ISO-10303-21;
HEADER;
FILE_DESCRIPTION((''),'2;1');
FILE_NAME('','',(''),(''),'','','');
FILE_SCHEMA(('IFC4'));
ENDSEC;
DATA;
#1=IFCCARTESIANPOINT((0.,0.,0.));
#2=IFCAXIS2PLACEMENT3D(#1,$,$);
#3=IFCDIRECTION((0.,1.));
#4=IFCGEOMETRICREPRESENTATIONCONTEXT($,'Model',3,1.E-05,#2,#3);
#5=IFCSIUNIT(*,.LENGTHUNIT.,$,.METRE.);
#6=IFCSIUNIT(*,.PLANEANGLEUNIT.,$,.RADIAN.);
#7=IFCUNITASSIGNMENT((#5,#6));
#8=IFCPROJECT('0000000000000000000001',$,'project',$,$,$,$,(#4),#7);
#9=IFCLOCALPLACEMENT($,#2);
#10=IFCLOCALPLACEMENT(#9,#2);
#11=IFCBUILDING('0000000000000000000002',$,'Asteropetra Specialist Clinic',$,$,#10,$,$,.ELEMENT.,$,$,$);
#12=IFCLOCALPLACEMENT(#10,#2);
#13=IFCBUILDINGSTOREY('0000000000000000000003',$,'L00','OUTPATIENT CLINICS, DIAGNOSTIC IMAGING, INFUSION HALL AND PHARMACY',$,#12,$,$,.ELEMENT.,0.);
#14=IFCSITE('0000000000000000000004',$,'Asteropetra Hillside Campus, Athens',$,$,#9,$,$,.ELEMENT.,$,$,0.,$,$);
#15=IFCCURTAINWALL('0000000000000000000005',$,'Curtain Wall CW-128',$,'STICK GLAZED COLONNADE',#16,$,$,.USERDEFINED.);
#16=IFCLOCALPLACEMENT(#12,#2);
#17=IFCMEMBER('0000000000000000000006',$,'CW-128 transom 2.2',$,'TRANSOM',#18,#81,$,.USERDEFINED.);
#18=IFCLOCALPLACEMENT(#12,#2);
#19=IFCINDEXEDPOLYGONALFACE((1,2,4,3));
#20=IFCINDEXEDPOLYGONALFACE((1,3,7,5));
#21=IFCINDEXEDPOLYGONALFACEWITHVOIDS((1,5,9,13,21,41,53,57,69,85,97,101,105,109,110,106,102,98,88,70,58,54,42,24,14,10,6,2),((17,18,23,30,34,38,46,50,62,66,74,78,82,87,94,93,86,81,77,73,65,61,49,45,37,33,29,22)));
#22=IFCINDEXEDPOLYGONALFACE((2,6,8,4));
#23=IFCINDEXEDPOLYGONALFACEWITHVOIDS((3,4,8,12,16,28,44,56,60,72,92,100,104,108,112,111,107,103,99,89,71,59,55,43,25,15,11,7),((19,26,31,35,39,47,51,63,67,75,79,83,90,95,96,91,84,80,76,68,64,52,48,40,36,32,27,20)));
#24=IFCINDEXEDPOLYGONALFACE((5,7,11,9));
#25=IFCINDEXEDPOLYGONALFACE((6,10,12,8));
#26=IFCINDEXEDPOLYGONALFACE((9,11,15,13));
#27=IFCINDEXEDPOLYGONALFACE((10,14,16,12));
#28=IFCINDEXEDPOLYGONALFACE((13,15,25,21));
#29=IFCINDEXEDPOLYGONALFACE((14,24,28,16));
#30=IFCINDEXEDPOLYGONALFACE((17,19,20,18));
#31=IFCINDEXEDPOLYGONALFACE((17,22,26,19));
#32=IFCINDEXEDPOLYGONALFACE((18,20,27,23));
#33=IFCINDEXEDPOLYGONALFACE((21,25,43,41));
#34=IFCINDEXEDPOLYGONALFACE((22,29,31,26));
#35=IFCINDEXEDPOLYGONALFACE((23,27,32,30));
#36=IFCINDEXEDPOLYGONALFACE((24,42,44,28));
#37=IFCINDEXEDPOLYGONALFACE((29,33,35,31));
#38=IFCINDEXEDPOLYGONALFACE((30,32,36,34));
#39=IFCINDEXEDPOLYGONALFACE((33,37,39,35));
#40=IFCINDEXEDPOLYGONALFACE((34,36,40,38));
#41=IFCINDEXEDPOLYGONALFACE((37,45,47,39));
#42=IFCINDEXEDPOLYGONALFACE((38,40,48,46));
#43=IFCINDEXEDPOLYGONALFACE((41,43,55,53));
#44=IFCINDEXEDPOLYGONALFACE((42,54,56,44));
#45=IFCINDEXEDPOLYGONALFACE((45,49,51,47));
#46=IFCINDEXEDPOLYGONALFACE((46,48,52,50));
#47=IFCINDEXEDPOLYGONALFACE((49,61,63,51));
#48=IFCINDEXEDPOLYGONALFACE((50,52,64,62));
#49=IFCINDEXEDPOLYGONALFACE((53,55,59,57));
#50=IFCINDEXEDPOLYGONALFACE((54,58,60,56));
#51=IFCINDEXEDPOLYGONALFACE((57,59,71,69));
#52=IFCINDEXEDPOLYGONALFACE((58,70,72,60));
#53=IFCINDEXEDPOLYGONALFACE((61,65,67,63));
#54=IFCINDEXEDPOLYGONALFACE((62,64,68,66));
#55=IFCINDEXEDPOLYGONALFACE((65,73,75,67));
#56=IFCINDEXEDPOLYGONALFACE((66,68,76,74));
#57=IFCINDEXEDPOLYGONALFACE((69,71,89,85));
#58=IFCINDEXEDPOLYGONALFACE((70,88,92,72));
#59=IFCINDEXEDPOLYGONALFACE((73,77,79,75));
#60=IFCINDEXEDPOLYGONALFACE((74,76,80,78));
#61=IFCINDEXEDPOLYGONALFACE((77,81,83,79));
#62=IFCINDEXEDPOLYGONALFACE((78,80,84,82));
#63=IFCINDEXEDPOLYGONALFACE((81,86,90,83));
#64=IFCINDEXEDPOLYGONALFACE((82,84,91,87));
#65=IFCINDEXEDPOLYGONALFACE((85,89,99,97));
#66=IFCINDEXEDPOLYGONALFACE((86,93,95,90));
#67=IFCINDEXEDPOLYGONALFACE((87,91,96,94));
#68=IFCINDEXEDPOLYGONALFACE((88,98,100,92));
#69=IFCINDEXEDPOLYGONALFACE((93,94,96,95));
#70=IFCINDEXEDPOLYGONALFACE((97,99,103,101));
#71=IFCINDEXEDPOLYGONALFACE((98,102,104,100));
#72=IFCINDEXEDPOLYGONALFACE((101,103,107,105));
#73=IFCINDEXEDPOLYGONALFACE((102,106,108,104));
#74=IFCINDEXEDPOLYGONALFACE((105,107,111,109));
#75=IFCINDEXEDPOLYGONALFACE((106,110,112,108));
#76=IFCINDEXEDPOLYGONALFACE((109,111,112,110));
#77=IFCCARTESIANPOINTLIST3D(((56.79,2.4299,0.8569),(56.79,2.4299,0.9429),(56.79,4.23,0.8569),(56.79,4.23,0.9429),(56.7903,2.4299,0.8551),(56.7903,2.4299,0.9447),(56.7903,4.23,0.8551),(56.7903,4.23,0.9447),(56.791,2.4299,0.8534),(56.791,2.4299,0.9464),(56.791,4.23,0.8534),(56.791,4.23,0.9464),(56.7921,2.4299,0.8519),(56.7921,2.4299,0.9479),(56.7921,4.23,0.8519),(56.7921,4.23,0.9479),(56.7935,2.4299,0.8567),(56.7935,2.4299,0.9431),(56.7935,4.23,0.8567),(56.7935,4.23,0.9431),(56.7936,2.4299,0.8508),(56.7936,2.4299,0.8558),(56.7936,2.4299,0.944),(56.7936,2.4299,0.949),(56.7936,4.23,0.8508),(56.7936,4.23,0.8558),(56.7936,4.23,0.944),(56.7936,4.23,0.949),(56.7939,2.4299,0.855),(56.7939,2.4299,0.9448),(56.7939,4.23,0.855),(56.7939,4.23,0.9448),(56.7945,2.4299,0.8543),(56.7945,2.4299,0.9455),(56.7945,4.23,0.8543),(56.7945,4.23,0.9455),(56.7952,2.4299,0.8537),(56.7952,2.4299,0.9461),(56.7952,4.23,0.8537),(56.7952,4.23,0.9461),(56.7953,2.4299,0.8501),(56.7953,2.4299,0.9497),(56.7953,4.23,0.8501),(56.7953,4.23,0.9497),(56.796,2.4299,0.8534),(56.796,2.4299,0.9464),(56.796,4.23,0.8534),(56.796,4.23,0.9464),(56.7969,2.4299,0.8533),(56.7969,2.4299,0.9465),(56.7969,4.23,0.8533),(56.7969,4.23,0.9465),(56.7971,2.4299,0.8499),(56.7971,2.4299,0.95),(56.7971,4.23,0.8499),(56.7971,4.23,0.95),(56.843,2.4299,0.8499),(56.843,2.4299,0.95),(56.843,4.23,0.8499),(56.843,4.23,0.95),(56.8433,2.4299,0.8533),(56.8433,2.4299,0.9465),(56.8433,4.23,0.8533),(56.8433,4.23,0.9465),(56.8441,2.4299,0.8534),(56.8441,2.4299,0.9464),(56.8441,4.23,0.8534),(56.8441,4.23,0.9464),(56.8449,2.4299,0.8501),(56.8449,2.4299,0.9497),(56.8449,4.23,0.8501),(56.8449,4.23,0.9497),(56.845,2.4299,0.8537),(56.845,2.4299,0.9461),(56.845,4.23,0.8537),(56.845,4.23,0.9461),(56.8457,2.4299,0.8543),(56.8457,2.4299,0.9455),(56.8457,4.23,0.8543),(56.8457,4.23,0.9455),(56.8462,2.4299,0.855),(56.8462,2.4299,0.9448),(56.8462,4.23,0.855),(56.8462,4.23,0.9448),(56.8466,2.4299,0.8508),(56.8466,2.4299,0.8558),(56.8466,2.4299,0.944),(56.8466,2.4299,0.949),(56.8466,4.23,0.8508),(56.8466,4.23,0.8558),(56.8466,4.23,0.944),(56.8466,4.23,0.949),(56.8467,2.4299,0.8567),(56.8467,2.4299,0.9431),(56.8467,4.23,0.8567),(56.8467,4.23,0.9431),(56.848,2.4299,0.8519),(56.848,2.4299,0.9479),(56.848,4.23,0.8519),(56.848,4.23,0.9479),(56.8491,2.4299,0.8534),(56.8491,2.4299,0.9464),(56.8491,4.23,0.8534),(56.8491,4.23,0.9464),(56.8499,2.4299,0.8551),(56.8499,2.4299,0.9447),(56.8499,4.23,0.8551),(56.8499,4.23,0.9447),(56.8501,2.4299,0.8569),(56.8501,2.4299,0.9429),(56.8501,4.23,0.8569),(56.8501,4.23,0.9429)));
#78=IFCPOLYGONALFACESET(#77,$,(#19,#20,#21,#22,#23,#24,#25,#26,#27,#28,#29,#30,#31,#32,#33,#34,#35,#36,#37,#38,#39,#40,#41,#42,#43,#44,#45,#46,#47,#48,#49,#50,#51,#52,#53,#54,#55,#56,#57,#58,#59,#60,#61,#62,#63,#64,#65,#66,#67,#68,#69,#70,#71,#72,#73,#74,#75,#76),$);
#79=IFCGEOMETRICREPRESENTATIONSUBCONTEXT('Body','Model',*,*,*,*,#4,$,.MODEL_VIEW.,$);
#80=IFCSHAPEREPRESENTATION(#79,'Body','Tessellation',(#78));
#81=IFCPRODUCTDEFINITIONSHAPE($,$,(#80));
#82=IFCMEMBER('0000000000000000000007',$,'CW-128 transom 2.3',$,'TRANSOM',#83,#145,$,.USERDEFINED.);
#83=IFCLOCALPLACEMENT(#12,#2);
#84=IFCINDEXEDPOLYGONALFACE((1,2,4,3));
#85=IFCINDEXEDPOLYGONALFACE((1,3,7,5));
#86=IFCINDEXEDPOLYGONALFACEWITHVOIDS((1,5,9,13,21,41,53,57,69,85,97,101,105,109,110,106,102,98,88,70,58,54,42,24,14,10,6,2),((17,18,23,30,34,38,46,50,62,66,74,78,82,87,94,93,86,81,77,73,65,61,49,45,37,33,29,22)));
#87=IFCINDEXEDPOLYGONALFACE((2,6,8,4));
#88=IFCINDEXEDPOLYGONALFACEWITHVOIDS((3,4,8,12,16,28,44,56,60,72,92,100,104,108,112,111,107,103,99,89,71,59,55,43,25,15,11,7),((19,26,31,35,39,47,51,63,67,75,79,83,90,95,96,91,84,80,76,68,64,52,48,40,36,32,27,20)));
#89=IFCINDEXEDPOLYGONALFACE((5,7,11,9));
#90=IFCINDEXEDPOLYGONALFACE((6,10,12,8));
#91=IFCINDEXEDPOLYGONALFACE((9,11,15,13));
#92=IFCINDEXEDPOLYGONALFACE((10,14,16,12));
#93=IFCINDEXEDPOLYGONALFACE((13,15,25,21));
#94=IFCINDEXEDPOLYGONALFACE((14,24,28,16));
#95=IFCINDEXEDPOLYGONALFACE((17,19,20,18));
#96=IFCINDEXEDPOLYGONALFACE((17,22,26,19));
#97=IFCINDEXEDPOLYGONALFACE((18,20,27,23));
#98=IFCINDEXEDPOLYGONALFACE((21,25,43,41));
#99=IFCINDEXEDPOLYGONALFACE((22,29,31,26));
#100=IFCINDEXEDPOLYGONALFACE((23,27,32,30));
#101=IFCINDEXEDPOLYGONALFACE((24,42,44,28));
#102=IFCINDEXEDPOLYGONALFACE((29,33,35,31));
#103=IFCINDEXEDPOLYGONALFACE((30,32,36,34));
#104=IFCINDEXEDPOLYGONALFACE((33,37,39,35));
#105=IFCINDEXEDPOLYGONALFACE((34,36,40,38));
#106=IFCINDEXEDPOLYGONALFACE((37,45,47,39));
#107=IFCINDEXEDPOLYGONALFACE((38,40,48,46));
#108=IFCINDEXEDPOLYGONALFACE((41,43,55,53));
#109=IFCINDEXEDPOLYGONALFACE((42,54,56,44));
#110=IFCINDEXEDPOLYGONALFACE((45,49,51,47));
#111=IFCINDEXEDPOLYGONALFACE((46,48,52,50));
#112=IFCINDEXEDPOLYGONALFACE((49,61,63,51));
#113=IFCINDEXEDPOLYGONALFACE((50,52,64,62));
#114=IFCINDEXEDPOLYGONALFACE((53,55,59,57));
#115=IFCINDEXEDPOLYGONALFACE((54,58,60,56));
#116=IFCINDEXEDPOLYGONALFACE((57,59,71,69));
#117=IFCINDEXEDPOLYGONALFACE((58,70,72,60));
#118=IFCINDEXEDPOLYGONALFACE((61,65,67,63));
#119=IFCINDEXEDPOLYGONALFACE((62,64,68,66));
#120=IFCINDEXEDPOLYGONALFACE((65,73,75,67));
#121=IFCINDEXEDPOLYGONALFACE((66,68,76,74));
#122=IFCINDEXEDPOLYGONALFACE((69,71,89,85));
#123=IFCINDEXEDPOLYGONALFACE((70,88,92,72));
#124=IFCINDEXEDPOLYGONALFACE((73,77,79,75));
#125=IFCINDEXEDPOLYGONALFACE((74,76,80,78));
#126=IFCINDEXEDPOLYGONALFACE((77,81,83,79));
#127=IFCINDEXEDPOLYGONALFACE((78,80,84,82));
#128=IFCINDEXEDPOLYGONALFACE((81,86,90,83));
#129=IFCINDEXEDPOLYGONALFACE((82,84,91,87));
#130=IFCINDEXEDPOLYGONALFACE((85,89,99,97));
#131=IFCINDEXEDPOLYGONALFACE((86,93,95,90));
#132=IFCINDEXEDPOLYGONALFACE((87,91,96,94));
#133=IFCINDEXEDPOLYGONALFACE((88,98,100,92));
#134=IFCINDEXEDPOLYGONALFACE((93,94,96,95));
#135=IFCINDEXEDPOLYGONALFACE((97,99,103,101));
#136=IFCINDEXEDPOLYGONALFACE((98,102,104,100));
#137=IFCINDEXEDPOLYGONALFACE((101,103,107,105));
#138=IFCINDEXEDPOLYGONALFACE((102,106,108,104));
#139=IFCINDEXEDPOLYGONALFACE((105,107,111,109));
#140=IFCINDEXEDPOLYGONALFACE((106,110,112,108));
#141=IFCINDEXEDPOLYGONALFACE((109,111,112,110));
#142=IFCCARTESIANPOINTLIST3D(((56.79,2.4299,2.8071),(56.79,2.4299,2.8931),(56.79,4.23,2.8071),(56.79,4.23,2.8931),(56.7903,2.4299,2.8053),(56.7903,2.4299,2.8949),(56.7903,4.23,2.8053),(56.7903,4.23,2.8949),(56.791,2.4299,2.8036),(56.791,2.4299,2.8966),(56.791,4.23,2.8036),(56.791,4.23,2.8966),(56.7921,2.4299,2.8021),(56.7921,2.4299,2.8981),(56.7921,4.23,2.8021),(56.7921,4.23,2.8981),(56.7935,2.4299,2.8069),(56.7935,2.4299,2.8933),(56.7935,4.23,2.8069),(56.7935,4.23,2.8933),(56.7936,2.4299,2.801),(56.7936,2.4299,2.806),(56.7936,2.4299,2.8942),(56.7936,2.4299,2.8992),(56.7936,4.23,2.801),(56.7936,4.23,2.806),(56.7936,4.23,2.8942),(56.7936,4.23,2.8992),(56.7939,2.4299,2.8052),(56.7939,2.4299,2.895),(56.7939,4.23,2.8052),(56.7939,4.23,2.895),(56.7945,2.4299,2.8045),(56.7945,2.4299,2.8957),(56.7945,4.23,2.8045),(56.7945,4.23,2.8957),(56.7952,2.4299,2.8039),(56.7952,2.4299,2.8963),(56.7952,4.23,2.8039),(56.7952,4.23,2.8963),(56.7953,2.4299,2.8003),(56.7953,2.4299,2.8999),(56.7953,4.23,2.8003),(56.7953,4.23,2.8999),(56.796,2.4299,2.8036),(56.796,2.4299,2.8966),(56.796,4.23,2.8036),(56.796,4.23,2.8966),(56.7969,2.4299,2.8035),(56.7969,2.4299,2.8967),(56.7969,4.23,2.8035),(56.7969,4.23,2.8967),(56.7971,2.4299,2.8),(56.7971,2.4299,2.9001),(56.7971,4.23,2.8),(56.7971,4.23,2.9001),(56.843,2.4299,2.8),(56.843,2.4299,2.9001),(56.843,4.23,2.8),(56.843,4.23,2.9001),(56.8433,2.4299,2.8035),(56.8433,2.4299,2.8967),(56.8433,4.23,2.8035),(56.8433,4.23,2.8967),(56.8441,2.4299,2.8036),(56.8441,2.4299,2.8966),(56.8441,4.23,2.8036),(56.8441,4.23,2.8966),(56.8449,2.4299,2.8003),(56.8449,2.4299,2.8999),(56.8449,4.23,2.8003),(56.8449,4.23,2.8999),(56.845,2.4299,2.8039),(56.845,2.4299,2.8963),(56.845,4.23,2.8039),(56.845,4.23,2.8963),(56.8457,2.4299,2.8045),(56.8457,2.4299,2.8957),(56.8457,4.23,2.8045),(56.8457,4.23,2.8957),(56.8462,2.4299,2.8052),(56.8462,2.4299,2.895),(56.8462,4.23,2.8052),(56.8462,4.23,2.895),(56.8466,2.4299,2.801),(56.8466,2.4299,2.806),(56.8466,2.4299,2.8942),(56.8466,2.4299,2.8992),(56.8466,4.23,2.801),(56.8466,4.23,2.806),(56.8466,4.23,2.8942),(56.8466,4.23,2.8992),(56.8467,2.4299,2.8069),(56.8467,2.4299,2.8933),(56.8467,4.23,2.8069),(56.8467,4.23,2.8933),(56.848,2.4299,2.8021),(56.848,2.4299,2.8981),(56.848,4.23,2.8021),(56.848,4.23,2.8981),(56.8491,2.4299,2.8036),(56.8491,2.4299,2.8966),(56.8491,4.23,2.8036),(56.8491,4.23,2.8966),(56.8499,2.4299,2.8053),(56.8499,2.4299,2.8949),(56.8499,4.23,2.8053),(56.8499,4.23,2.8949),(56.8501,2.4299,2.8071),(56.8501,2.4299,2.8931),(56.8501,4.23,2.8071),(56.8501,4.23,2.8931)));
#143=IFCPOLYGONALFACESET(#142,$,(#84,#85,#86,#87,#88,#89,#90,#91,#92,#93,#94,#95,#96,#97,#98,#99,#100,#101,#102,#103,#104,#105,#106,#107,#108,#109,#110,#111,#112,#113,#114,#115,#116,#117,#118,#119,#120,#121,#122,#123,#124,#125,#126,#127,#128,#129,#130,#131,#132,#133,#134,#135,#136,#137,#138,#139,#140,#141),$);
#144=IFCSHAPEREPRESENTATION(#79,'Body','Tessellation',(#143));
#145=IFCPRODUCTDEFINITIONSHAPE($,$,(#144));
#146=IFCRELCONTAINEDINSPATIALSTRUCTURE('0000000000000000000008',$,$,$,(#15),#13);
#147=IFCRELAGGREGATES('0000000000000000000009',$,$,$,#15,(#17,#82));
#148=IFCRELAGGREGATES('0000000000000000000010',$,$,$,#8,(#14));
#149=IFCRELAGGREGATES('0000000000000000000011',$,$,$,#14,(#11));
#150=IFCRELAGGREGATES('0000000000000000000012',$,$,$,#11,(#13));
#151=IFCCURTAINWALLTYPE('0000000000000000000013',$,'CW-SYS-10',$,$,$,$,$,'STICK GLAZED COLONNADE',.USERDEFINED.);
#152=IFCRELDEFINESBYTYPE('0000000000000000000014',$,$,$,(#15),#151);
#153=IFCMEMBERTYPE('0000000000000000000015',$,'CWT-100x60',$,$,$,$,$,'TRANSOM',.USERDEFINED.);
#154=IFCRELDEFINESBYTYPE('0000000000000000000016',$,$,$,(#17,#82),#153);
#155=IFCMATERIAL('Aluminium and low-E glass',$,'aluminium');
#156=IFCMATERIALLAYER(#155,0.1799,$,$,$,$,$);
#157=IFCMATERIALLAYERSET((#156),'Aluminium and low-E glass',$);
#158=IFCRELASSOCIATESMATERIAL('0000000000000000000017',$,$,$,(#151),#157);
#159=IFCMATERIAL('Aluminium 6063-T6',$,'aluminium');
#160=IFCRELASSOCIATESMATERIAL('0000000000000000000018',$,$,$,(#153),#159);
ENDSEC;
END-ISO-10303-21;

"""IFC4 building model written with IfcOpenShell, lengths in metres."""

from ifc_helpers import new_model, si_unit, direction, frame, origin, origin_2d, place, context, subcontext, project, spatial, hollow_rectangle, extrude, material, layer, layer_set, material_profile, profile_set, type_object, element, aggregate, save


model = new_model("IFC4")

# Units and contexts
model_context = context("Model", 3, precision=1e-05, world=origin(), true_north=direction((0.0, 1.0)))
body_context = subcontext(model_context, "Body", "Model", "MODEL_VIEW")
ifc_project = project(units=[si_unit("LENGTHUNIT", "METRE"), si_unit("PLANEANGLEUNIT", "RADIAN")], contexts=[model_context])

# Site, building, storey
site_placement = place(None, origin())
site = spatial("IfcSite", under=ifc_project, at=site_placement, Name="Asteropetra Hillside Campus, Athens", CompositionType="ELEMENT", RefElevation=0.0)
building_placement = place(site_placement, origin())
building = spatial("IfcBuilding", under=site, at=building_placement, Name="Asteropetra Specialist Clinic", CompositionType="ELEMENT")
storey_placement = place(building_placement, origin())
storey = spatial("IfcBuildingStorey", under=building, at=storey_placement, Name="L00", Description="OUTPATIENT CLINICS, DIAGNOSTIC IMAGING, INFUSION HALL AND PHARMACY", CompositionType="ELEMENT", Elevation=0.0)

# Curtain wall
ifc_material_1 = material(Name="Aluminium and low-E glass", Category="aluminium")
ifc_layer_1 = layer(ifc_material_1, 0.1799)
ifc_layer_set_1 = layer_set([ifc_layer_1], Name="Aluminium and low-E glass")
curtain_wall_type = type_object("IfcCurtainWallType", Name="CW-SYS-10", ElementType="STICK GLAZED COLONNADE", PredefinedType="USERDEFINED", material=ifc_layer_set_1)
curtain_wall_1_placement = place(storey_placement, origin())
curtain_wall_1 = element("IfcCurtainWall", 1, at=curtain_wall_1_placement, inside=storey, type_object=curtain_wall_type, Name="Curtain Wall CW-128", ObjectType="STICK GLAZED COLONNADE", PredefinedType="USERDEFINED")

# Members
ifc_material_2 = material(Name="Aluminium 6063-T6", Category="aluminium")
ifc_material_profile_1 = material_profile(ifc_material_2, hollow_rectangle(XDim=0.0601, YDim=0.1001, WallThickness=0.0034, InnerFilletRadius=0.0034, OuterFilletRadius=0.0071, at=origin_2d()), Name="TRN 100x60x3.5")
ifc_profile_set_1 = profile_set([ifc_material_profile_1], Name="Aluminium 6063-T6")
member_type_1 = type_object("IfcMemberType", Name="CWT-100x60", ElementType="TRANSOM", PredefinedType="USERDEFINED", material=ifc_profile_set_1)
member_1_placement = place(storey_placement, frame((56.8201, 2.4299, 0.8999), z_axis=(0.0, 1.0, 0.0), x_axis=(-1.0, 0.0, 0.0)))
member_1 = element("IfcMember", 2, at=member_1_placement, type_object=member_type_1, Name="CW-128 transom 2.2", ObjectType="TRANSOM", PredefinedType="USERDEFINED", context=body_context, shape_type="SweptSolid", body=[
    extrude(hollow_rectangle(XDim=0.0601, YDim=0.1001, WallThickness=0.0034, InnerFilletRadius=0.0034, OuterFilletRadius=0.0071, at=origin_2d()), origin(), (0.0, 0.0, 1.0), 1.8),
])
member_2_placement = place(storey_placement, frame((56.8201, 2.4299, 2.8501), z_axis=(0.0, 1.0, 0.0), x_axis=(-1.0, 0.0, 0.0)))
member_2 = element("IfcMember", 3, at=member_2_placement, type_object=member_type_1, Name="CW-128 transom 2.3", ObjectType="TRANSOM", PredefinedType="USERDEFINED", context=body_context, shape_type="SweptSolid", body=[
    extrude(hollow_rectangle(XDim=0.0601, YDim=0.1001, WallThickness=0.0034, InnerFilletRadius=0.0034, OuterFilletRadius=0.0071, at=origin_2d()), origin(), (0.0, 0.0, 1.0), 1.8),
])

aggregate(curtain_wall_1, [member_1, member_2])

save(model, "model.ifc")
